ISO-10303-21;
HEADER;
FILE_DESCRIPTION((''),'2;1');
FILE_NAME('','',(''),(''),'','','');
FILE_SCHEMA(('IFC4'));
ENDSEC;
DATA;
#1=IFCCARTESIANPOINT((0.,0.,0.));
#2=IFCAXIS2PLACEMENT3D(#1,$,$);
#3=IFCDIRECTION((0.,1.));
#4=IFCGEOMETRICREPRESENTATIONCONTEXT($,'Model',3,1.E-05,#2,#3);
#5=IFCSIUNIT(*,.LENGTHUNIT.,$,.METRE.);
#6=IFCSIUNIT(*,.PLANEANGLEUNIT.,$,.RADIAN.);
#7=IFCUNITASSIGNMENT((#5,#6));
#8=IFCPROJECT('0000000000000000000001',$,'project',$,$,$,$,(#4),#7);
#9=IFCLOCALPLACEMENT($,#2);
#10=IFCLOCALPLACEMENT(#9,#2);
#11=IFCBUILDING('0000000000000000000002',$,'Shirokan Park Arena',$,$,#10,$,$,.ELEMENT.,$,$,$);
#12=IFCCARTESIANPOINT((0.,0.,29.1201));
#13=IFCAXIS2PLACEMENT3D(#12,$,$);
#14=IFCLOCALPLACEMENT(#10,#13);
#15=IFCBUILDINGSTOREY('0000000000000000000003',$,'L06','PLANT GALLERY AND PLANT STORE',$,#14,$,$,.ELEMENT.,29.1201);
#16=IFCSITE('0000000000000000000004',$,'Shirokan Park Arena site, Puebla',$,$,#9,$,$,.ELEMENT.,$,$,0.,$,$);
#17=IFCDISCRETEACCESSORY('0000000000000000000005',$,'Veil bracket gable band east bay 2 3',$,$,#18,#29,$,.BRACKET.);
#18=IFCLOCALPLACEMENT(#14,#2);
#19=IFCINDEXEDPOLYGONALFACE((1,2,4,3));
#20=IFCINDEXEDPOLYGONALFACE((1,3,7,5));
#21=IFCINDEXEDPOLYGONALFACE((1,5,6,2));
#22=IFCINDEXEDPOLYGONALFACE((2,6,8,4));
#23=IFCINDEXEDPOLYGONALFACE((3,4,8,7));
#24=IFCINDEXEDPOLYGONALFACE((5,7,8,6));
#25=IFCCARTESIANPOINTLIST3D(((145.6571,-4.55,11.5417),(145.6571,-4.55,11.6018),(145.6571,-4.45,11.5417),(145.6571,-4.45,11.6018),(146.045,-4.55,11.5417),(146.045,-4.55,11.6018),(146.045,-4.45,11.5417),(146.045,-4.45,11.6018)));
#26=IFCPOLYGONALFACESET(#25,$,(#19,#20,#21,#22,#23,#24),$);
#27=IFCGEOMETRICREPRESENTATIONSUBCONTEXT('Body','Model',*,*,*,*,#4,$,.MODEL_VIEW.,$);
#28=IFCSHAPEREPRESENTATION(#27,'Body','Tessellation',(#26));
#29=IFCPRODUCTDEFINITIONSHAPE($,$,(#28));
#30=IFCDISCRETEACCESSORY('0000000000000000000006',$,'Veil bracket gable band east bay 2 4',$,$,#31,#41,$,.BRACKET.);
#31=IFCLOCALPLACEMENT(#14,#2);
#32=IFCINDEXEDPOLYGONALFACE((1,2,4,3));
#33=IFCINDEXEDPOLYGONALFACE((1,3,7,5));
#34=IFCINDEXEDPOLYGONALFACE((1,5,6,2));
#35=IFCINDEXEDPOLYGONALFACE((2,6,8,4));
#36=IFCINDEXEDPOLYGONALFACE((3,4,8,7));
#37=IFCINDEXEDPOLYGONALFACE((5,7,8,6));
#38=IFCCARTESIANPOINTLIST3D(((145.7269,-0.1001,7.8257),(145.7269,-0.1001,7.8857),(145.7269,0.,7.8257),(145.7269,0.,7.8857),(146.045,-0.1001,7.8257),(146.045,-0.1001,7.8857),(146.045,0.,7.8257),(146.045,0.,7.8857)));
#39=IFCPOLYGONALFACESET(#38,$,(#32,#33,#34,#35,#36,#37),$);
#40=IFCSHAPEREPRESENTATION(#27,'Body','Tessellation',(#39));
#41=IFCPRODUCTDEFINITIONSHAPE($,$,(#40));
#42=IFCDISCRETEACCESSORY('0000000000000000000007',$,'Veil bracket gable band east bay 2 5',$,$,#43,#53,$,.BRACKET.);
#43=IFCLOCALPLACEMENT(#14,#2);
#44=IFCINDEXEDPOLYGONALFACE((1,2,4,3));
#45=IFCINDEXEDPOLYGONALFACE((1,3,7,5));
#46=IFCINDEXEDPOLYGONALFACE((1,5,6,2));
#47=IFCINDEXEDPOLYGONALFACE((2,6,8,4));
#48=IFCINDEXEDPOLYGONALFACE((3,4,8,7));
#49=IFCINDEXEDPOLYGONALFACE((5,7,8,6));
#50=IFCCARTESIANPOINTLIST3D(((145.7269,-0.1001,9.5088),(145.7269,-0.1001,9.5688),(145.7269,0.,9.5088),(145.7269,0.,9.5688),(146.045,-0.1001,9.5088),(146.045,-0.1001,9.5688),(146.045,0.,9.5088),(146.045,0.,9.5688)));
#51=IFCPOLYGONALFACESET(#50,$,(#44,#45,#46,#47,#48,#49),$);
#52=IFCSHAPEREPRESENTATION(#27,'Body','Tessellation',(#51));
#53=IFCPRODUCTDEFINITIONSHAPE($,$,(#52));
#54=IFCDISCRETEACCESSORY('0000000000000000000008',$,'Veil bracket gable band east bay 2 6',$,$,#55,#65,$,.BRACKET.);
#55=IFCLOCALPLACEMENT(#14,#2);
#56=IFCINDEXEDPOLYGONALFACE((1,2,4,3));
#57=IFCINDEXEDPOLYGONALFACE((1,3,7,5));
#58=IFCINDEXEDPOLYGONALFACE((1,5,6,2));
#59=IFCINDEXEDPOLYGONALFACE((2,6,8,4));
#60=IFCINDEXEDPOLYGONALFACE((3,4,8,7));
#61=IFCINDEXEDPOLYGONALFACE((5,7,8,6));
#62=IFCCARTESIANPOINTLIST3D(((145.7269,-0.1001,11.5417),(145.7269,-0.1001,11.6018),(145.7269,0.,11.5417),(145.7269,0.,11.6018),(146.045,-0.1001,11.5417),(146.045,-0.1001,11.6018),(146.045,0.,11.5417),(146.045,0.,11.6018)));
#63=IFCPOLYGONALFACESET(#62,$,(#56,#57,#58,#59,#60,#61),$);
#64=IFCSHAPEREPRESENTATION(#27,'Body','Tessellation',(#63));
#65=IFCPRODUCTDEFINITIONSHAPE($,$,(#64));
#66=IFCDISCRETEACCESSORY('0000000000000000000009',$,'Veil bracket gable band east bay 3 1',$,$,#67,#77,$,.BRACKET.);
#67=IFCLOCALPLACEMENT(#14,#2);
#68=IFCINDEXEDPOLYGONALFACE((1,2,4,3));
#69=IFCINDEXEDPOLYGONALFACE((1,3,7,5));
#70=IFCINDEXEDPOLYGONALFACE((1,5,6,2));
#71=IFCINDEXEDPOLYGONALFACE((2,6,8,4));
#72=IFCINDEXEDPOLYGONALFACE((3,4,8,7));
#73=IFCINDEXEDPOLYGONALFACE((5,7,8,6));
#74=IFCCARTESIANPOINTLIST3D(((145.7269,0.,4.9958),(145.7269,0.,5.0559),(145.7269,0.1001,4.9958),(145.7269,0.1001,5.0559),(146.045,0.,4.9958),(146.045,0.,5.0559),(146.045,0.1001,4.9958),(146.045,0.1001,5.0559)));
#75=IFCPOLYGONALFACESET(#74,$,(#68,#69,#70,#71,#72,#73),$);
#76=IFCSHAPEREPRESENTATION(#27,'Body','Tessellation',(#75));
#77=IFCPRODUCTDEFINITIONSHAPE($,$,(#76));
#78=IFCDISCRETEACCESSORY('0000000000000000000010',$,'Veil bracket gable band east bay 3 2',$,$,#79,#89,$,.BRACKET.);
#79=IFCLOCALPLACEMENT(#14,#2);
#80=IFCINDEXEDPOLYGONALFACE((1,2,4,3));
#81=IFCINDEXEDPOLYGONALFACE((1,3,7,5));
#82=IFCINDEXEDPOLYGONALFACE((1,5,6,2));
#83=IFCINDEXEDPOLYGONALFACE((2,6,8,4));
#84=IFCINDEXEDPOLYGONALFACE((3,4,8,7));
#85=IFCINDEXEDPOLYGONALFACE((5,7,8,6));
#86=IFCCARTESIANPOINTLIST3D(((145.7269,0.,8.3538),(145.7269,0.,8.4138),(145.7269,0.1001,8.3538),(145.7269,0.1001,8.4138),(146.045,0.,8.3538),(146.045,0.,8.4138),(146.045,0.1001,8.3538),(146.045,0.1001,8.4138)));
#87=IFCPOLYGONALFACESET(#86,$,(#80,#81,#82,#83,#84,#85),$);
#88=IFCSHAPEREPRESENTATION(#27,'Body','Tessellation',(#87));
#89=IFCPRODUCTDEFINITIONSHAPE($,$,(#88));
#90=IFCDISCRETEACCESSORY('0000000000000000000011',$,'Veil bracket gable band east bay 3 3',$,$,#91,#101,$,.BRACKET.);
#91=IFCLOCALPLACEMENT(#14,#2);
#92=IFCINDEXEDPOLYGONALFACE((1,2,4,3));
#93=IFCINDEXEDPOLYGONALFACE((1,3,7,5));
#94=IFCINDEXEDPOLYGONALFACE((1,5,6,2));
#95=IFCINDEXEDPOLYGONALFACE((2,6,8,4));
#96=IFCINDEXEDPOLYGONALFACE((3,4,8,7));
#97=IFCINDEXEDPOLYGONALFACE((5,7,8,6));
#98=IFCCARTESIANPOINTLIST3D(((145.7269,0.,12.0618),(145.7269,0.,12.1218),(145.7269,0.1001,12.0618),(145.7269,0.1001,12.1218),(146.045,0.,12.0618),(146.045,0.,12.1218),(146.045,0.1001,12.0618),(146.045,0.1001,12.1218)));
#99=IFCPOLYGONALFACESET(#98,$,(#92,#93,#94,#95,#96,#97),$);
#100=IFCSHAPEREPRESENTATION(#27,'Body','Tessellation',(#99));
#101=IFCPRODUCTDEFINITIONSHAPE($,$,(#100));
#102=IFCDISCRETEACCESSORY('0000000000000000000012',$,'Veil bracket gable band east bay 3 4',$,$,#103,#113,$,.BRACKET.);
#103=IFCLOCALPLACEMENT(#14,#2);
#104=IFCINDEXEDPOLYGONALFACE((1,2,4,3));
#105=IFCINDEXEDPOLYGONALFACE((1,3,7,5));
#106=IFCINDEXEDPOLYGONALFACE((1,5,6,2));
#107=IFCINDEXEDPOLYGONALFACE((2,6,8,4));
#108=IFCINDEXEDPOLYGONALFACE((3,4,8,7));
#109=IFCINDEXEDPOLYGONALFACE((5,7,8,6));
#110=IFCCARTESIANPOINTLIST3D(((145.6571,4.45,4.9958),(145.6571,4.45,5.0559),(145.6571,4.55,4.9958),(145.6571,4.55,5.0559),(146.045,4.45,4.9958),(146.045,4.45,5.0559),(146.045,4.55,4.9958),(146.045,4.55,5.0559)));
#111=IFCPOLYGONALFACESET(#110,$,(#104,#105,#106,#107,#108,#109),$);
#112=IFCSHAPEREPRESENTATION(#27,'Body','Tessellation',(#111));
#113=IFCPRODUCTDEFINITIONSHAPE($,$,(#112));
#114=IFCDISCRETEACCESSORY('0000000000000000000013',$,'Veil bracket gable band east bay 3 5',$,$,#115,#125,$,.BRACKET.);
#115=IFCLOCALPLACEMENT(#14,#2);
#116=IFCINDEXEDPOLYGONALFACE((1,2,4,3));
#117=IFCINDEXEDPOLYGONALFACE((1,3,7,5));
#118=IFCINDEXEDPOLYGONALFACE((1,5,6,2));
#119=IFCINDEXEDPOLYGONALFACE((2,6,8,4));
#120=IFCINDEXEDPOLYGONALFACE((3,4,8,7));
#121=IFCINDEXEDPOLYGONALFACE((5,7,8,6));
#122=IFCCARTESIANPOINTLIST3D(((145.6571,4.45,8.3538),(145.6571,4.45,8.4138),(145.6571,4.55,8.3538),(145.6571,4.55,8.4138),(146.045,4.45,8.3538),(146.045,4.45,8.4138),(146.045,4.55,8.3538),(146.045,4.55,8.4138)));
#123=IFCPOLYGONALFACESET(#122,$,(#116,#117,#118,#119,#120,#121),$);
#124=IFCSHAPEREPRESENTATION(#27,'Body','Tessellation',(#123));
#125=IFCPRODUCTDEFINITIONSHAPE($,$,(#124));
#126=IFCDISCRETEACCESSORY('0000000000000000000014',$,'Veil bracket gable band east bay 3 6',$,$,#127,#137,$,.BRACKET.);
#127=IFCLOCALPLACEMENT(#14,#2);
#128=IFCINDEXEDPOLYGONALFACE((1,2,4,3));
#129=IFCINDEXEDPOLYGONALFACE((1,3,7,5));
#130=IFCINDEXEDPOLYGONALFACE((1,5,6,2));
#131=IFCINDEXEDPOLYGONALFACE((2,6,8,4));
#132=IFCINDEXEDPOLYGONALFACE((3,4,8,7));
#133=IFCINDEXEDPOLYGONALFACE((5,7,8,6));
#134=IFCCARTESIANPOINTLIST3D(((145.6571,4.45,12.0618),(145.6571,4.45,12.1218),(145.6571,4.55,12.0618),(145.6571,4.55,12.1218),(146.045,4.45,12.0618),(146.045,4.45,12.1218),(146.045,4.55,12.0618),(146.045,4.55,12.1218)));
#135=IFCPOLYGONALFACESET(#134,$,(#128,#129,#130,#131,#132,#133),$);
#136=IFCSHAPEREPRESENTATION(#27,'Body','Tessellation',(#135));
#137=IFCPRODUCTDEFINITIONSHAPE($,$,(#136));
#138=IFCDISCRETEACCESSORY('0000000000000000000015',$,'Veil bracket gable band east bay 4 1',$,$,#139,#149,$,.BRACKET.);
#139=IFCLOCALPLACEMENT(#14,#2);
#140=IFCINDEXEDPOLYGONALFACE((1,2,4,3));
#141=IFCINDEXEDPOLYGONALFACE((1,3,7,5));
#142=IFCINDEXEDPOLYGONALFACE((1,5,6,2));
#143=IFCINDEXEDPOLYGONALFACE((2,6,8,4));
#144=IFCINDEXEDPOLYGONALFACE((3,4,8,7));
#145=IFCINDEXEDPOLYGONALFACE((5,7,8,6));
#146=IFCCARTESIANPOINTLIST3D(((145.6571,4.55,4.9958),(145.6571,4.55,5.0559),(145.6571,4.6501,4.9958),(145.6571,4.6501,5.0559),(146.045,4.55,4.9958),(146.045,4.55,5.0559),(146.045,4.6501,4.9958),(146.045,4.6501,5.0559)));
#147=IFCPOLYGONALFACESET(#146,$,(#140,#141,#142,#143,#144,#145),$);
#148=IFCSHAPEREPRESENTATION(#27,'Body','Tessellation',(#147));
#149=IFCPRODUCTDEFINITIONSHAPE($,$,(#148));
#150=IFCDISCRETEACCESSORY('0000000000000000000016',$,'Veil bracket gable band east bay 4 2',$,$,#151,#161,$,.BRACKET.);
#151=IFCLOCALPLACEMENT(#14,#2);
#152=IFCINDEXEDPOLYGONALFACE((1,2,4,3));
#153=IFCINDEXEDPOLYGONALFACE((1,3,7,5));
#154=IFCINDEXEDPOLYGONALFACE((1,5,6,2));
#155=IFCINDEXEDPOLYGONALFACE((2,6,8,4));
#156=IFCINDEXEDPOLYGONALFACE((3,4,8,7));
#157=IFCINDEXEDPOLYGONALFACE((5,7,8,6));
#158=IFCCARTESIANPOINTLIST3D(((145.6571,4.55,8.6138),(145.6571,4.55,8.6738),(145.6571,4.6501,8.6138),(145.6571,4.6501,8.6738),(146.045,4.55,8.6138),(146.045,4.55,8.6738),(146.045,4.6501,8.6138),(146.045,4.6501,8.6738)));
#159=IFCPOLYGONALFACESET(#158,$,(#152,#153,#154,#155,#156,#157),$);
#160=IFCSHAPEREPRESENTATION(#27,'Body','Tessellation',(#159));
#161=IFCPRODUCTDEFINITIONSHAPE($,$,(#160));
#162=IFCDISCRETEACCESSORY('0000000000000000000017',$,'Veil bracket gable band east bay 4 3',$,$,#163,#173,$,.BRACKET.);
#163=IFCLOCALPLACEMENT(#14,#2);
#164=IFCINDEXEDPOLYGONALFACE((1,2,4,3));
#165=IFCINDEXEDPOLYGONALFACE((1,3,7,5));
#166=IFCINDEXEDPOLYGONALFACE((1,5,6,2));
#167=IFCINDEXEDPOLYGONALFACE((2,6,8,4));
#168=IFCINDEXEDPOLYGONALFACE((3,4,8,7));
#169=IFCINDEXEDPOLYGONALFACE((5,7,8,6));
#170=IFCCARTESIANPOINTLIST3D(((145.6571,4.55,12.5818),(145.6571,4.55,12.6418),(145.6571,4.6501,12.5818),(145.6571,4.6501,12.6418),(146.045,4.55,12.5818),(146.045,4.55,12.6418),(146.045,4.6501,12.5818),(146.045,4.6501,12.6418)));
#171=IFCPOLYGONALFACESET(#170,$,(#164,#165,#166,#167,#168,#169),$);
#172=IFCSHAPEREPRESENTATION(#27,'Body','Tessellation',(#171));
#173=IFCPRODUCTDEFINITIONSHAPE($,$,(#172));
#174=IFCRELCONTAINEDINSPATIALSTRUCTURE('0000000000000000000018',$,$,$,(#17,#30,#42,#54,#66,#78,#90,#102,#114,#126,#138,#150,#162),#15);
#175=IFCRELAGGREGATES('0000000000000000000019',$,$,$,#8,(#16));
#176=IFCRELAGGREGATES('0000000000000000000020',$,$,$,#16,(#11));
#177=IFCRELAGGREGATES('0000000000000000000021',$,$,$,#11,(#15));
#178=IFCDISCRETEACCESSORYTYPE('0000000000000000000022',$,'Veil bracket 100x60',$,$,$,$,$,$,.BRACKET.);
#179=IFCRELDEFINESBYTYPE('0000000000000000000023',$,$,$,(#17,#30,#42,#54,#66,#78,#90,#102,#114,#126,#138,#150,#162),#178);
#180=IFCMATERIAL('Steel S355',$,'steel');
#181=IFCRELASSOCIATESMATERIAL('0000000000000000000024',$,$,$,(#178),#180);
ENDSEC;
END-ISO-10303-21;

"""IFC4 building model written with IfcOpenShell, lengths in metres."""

from ifc_helpers import new_model, si_unit, direction, frame, origin, origin_2d, place, context, subcontext, project, spatial, rectangle, extrude, material, type_object, element, save


model = new_model("IFC4")

# Units and contexts
model_context = context("Model", 3, precision=1e-05, world=origin(), true_north=direction((0.0, 1.0)))
body_context = subcontext(model_context, "Body", "Model", "MODEL_VIEW")
ifc_project = project(units=[si_unit("LENGTHUNIT", "METRE"), si_unit("PLANEANGLEUNIT", "RADIAN")], contexts=[model_context])

# Site, building, storey
site_placement = place(None, origin())
site = spatial("IfcSite", under=ifc_project, at=site_placement, Name="Shirokan Park Arena site, Puebla", CompositionType="ELEMENT", RefElevation=0.0)
building_placement = place(site_placement, origin())
building = spatial("IfcBuilding", under=site, at=building_placement, Name="Shirokan Park Arena", CompositionType="ELEMENT")
storey_placement = place(building_placement, frame((0.0, 0.0, 29.1201)))
storey = spatial("IfcBuildingStorey", under=building, at=storey_placement, Name="L06", Description="PLANT GALLERY AND PLANT STORE", CompositionType="ELEMENT", Elevation=29.1201)

# Discrete accessories
ifc_material_1 = material(Name="Steel S355", Category="steel")
discrete_accessory_type = type_object("IfcDiscreteAccessoryType", Name="Veil bracket 100x60", PredefinedType="BRACKET", material=ifc_material_1)
for number, where, z_axis, x_axis, name in (
    (1, (145.8511, -4.5, 11.5417), (0.0, 0.0, 1.0), (1.0, 0.0, 0.0), "Veil bracket gable band east bay 2 3"),
):
    element("IfcDiscreteAccessory", number, at=place(storey_placement, frame(where, z_axis=z_axis, x_axis=x_axis)), inside=storey, type_object=discrete_accessory_type, Name=name, PredefinedType="BRACKET", context=body_context, shape_type="SweptSolid", body=[
        extrude(rectangle(XDim=0.3879, YDim=0.1001, at=origin_2d()), origin(), (0.0, 0.0, 1.0), 0.0601),
    ])
for number, where, z_axis, x_axis, name in (
    (2, (145.886, -0.05, 7.8257), (0.0, 0.0, 1.0), (1.0, 0.0, 0.0), "Veil bracket gable band east bay 2 4"),
    (3, (145.886, -0.05, 9.5088), (0.0, 0.0, 1.0), (1.0, 0.0, 0.0), "Veil bracket gable band east bay 2 5"),
    (4, (145.886, -0.05, 11.5417), (0.0, 0.0, 1.0), (1.0, 0.0, 0.0), "Veil bracket gable band east bay 2 6"),
    (5, (145.886, 0.05, 4.9958), (0.0, 0.0, 1.0), (1.0, 0.0, 0.0), "Veil bracket gable band east bay 3 1"),
    (6, (145.886, 0.05, 8.3538), (0.0, 0.0, 1.0), (1.0, 0.0, 0.0), "Veil bracket gable band east bay 3 2"),
    (7, (145.886, 0.05, 12.0618), (0.0, 0.0, 1.0), (1.0, 0.0, 0.0), "Veil bracket gable band east bay 3 3"),
):
    element("IfcDiscreteAccessory", number, at=place(storey_placement, frame(where, z_axis=z_axis, x_axis=x_axis)), inside=storey, type_object=discrete_accessory_type, Name=name, PredefinedType="BRACKET", context=body_context, shape_type="SweptSolid", body=[
        extrude(rectangle(XDim=0.3181, YDim=0.1001, at=origin_2d()), origin(), (0.0, 0.0, 1.0), 0.0601),
    ])
for number, where, z_axis, x_axis, name in (
    (8, (145.8511, 4.5, 4.9958), (0.0, 0.0, 1.0), (1.0, 0.0, 0.0), "Veil bracket gable band east bay 3 4"),
    (9, (145.8511, 4.5, 8.3538), (0.0, 0.0, 1.0), (1.0, 0.0, 0.0), "Veil bracket gable band east bay 3 5"),
    (10, (145.8511, 4.5, 12.0618), (0.0, 0.0, 1.0), (1.0, 0.0, 0.0), "Veil bracket gable band east bay 3 6"),
    (11, (145.8511, 4.6001, 4.9958), (0.0, 0.0, 1.0), (1.0, 0.0, 0.0), "Veil bracket gable band east bay 4 1"),
    (12, (145.8511, 4.6001, 8.6138), (0.0, 0.0, 1.0), (1.0, 0.0, 0.0), "Veil bracket gable band east bay 4 2"),
    (13, (145.8511, 4.6001, 12.5818), (0.0, 0.0, 1.0), (1.0, 0.0, 0.0), "Veil bracket gable band east bay 4 3"),
):
    element("IfcDiscreteAccessory", number, at=place(storey_placement, frame(where, z_axis=z_axis, x_axis=x_axis)), inside=storey, type_object=discrete_accessory_type, Name=name, PredefinedType="BRACKET", context=body_context, shape_type="SweptSolid", body=[
        extrude(rectangle(XDim=0.3879, YDim=0.1001, at=origin_2d()), origin(), (0.0, 0.0, 1.0), 0.0601),
    ])

save(model, "model.ifc")
